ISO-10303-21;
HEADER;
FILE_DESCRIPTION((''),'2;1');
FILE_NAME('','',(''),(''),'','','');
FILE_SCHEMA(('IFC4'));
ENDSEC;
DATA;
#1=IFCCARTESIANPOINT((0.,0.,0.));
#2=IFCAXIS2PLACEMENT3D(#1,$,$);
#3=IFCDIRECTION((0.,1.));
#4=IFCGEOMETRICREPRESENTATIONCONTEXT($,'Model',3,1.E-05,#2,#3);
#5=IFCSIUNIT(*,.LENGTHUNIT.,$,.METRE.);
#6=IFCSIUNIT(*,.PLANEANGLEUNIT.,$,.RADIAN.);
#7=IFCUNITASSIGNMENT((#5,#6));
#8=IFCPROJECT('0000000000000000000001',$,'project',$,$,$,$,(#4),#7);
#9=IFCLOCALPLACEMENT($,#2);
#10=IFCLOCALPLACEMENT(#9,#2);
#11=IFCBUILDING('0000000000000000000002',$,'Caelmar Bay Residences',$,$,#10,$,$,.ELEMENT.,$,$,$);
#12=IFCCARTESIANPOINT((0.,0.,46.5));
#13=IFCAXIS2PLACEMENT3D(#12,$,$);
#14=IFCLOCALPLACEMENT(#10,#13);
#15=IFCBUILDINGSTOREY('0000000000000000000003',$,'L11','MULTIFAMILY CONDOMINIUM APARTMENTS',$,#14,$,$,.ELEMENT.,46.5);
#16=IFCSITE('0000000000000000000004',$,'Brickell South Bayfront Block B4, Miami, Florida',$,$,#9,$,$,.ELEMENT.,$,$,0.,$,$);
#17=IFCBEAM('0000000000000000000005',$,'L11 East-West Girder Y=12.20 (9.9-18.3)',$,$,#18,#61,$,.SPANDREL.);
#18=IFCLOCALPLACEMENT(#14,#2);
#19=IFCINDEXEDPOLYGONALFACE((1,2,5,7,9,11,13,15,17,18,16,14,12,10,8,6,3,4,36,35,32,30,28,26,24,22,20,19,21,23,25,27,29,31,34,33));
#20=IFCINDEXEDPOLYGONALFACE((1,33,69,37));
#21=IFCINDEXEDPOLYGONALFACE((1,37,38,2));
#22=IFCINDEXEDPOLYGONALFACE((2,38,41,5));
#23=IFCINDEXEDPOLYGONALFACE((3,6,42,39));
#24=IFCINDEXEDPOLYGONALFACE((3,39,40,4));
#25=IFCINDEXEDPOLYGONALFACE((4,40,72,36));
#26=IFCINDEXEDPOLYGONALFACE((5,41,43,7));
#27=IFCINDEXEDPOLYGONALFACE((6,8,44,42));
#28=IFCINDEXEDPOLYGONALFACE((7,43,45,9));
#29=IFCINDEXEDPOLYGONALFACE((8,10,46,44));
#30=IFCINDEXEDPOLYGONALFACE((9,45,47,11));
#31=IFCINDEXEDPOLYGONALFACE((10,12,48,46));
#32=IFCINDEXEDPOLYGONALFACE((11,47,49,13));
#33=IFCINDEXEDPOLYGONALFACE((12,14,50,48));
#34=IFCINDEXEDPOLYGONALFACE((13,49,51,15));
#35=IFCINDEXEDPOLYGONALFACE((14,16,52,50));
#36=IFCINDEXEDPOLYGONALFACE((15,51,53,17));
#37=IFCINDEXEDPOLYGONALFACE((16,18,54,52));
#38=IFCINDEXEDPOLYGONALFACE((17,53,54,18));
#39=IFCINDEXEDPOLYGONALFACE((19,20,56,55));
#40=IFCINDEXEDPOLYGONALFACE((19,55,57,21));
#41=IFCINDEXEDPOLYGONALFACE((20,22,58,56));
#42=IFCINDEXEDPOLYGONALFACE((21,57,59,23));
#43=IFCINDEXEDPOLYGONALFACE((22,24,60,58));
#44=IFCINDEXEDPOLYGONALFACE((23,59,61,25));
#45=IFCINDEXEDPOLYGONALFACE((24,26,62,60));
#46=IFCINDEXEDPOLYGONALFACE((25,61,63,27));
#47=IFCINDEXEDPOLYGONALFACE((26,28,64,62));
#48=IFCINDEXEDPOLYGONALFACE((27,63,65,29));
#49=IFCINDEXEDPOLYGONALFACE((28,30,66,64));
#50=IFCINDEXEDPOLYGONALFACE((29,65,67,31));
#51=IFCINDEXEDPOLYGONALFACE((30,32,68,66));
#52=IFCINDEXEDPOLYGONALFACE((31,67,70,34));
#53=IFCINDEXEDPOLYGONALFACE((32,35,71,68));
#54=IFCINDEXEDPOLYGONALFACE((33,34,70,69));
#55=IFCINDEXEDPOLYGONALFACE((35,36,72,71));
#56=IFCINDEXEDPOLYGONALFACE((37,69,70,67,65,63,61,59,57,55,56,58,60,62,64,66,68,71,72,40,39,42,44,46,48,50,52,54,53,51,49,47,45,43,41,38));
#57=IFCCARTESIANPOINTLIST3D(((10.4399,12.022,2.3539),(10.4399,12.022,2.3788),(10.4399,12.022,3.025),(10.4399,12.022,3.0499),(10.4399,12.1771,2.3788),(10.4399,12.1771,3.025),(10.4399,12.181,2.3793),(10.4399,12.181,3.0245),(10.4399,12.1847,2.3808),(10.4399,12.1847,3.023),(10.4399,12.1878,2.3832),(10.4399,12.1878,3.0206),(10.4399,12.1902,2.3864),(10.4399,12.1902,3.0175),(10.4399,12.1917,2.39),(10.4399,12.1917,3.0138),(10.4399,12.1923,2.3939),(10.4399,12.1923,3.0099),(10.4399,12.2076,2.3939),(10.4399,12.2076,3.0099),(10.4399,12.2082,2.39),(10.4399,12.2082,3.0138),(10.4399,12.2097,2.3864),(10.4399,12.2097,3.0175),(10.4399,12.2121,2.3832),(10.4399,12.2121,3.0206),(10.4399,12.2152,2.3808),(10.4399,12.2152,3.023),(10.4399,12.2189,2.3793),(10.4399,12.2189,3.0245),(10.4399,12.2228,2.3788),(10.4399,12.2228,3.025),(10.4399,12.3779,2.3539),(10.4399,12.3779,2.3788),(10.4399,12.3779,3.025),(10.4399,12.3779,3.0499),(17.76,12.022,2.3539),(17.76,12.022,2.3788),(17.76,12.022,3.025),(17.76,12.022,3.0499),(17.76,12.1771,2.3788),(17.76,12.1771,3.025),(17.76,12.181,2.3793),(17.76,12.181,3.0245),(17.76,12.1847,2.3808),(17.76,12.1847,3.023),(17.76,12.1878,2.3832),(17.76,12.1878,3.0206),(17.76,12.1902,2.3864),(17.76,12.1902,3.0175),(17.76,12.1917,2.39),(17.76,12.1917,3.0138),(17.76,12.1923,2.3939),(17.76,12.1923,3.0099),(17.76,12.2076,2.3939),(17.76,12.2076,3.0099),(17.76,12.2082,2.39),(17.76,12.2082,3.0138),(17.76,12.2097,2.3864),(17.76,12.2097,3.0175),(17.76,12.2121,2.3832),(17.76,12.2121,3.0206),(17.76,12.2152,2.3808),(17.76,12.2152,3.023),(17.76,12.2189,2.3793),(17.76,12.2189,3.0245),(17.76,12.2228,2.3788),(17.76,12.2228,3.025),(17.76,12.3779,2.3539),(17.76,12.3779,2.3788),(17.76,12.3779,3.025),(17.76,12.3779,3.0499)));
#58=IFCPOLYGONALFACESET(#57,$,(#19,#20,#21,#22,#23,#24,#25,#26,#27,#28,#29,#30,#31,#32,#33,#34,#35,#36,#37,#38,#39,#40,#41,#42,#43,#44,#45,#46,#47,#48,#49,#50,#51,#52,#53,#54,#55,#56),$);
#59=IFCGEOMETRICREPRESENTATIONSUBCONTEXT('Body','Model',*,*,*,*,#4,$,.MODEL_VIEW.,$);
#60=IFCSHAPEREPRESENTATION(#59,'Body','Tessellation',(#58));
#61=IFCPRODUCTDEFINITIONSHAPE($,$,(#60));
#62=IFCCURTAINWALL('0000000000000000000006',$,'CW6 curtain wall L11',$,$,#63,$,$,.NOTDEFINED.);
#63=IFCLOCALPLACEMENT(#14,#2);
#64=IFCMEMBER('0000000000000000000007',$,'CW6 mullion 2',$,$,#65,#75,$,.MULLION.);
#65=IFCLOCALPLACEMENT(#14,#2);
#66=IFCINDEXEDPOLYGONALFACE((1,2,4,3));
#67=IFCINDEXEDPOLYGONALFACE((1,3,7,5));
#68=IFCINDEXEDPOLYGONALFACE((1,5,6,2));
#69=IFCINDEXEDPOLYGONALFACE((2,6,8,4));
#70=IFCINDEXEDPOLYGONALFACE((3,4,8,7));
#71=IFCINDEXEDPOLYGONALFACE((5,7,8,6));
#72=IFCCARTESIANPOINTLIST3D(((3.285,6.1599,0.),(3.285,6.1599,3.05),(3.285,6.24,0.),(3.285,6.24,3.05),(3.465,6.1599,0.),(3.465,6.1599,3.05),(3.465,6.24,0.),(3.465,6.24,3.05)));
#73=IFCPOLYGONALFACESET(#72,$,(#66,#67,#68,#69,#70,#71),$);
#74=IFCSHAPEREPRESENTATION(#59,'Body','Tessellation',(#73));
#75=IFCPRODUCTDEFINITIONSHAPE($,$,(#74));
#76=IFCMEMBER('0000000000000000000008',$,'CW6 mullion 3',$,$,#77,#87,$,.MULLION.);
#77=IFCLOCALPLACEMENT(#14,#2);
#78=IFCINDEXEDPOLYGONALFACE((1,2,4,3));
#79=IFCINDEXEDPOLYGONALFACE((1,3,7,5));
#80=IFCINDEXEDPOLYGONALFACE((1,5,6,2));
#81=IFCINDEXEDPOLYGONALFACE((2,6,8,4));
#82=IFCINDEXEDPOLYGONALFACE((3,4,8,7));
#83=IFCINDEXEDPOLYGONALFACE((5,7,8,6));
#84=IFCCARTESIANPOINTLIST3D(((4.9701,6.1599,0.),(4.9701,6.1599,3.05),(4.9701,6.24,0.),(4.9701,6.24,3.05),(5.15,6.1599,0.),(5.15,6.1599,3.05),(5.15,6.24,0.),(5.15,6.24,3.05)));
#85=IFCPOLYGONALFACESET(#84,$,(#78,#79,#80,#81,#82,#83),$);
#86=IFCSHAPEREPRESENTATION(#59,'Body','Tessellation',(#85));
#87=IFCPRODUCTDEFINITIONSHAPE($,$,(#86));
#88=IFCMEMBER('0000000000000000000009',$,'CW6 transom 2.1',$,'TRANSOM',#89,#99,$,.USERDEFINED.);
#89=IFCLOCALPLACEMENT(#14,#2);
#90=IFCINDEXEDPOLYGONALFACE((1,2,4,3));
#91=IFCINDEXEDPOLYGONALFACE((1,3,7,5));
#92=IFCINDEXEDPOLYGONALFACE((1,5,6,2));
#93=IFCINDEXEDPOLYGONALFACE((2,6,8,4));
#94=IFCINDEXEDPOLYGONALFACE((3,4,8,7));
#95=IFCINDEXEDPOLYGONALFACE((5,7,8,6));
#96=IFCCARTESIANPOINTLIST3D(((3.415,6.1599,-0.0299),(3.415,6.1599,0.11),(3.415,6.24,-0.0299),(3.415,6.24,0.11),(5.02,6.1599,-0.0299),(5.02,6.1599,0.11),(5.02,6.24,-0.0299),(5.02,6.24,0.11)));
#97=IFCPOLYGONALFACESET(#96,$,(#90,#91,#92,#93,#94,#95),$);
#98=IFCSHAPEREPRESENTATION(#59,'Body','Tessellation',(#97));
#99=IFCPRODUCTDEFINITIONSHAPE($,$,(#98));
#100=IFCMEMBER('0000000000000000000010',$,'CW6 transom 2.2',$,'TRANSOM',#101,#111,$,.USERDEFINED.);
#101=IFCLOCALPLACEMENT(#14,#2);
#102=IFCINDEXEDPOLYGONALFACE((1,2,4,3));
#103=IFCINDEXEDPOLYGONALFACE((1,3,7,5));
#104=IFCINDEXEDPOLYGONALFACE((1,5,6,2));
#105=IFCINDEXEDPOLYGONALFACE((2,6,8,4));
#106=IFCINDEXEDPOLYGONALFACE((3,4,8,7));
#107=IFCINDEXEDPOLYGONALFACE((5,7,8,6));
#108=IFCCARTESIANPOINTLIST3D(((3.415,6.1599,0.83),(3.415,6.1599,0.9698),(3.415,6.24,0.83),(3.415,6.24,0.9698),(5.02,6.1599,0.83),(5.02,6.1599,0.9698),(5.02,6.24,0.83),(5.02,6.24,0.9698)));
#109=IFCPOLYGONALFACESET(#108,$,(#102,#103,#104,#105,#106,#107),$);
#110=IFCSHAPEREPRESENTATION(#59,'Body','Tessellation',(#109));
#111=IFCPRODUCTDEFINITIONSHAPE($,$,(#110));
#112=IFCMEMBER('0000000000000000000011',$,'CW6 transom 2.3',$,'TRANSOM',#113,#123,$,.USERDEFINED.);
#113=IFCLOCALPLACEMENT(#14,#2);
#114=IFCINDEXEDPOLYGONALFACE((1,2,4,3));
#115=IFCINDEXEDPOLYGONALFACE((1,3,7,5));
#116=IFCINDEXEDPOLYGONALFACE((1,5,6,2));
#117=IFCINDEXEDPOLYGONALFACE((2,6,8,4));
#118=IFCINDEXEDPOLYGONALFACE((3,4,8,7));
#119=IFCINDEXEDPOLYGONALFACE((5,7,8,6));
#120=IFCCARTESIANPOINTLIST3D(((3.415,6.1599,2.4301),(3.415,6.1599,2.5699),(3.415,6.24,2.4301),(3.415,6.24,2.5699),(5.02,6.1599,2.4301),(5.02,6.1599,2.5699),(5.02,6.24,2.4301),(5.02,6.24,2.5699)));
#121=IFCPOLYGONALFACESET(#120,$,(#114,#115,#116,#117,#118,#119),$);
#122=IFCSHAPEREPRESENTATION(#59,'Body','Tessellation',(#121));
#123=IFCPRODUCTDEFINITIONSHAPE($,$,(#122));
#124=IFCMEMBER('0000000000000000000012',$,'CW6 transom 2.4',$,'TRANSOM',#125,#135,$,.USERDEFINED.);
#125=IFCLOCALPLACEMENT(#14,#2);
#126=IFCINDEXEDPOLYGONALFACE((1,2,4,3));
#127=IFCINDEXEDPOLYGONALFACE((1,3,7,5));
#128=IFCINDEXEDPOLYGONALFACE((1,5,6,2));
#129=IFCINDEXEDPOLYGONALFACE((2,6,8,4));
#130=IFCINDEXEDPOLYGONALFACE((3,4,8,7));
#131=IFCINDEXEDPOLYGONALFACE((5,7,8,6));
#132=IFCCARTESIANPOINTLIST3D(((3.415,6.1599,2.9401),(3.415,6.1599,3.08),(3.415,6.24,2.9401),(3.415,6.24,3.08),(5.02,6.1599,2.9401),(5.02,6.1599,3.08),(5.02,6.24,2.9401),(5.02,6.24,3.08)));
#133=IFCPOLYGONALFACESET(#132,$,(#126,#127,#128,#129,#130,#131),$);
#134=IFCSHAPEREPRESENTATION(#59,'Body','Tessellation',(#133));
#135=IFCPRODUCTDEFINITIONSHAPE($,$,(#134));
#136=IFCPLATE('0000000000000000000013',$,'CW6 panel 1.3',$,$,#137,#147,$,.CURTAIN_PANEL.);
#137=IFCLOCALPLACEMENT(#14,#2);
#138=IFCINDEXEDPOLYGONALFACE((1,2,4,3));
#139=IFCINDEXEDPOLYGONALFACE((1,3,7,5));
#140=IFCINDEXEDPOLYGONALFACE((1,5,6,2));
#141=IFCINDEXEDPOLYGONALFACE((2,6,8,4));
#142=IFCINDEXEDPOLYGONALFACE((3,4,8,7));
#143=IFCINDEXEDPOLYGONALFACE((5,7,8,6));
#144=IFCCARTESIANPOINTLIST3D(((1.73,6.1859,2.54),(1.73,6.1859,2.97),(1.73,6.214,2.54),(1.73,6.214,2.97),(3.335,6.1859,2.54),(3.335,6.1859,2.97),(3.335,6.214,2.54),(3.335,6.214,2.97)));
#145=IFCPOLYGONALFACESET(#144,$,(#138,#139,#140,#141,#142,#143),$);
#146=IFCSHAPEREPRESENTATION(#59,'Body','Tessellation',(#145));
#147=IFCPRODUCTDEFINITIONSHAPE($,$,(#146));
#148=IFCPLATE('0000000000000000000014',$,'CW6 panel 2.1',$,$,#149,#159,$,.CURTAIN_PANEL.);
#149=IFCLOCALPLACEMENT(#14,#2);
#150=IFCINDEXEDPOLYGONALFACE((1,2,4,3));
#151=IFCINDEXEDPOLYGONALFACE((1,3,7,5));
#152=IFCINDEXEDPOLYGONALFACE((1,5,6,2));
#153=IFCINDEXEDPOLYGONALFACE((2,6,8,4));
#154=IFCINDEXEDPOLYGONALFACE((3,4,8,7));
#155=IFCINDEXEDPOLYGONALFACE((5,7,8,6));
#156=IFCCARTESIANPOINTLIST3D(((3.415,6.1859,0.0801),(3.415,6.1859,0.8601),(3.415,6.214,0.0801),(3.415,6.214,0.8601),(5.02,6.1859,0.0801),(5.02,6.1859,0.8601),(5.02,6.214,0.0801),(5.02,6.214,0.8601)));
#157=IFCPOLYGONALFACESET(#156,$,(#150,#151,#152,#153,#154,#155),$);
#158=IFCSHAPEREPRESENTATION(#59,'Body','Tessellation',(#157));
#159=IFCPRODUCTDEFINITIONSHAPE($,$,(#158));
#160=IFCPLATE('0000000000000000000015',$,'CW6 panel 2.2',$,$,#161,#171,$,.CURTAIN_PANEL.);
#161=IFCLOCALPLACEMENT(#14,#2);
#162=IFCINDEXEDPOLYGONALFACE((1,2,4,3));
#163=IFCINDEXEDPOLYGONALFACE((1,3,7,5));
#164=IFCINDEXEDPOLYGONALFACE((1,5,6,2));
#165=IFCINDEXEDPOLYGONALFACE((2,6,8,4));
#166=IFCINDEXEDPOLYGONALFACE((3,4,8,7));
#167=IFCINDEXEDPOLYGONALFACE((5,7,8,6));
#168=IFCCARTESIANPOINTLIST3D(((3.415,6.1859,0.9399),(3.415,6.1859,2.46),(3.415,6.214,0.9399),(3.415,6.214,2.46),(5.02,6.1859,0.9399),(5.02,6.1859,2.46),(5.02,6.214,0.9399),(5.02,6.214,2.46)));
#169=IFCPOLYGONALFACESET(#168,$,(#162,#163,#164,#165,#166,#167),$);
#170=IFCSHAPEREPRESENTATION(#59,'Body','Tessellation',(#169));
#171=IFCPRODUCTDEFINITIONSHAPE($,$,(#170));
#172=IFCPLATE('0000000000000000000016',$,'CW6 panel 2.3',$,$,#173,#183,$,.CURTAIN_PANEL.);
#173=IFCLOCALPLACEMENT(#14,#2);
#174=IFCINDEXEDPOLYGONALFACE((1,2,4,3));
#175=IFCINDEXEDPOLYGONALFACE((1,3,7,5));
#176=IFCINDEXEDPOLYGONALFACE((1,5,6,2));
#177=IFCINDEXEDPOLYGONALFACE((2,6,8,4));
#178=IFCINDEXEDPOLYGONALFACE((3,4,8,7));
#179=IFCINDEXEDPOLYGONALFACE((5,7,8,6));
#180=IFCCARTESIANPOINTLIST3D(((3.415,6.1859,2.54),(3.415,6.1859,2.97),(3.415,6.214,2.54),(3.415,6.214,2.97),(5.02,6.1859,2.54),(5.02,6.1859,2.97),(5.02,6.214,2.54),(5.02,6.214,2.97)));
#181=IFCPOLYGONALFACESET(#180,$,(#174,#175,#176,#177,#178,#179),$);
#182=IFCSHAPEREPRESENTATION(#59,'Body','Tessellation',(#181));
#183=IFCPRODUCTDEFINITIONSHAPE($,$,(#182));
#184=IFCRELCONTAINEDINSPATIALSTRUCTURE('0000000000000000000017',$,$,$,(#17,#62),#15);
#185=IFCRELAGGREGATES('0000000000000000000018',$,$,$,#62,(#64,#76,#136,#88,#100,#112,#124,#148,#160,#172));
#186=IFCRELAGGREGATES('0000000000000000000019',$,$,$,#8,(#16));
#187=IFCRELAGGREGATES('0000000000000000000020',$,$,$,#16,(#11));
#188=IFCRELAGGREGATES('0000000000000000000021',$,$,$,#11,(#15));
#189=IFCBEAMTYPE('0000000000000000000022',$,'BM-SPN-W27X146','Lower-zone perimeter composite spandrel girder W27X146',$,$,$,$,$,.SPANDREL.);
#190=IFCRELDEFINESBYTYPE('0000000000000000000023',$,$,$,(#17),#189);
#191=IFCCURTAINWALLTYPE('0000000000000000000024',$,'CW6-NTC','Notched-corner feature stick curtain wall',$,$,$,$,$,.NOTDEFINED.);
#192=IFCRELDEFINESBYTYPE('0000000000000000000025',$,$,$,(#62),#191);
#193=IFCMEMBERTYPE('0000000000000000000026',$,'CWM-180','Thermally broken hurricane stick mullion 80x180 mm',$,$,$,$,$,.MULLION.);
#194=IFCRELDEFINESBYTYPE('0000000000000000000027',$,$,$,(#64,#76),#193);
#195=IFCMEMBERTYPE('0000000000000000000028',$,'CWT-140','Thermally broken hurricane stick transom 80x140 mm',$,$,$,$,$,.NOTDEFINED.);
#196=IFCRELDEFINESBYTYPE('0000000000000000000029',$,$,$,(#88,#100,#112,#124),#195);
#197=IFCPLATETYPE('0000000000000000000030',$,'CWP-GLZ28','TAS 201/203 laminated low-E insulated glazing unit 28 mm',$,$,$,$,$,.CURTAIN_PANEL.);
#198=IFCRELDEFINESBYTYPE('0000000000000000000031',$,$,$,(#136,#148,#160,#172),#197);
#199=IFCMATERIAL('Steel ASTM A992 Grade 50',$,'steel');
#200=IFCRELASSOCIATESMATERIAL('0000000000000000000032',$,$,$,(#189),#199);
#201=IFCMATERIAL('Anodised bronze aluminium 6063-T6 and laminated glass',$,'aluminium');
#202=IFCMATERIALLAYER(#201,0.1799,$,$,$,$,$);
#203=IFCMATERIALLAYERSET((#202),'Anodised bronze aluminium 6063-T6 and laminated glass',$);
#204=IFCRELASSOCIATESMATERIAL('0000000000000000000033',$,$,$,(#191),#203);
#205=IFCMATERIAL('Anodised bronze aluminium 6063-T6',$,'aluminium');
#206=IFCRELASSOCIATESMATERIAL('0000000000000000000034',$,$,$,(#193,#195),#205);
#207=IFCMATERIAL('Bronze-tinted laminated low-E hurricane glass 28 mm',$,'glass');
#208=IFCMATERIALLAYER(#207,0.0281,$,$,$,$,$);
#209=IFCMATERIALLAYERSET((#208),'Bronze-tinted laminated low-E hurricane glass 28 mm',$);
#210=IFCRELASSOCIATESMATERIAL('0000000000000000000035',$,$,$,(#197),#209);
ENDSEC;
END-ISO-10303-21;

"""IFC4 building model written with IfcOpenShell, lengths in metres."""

from ifc_helpers import new_model, si_unit, direction, frame, origin, origin_2d, place, context, subcontext, project, spatial, rectangle, i_section, extrude, material, layer, layer_set, material_profile, profile_set, type_object, element, aggregate, save


model = new_model("IFC4")

# Units and contexts
model_context = context("Model", 3, precision=1e-05, world=origin(), true_north=direction((0.0, 1.0)))
body_context = subcontext(model_context, "Body", "Model", "MODEL_VIEW")
ifc_project = project(units=[si_unit("LENGTHUNIT", "METRE"), si_unit("PLANEANGLEUNIT", "RADIAN")], contexts=[model_context])

# Site, building, storey
site_placement = place(None, origin())
site = spatial("IfcSite", under=ifc_project, at=site_placement, Name="Brickell South Bayfront Block B4, Miami, Florida", CompositionType="ELEMENT", RefElevation=0.0)
building_placement = place(site_placement, origin())
building = spatial("IfcBuilding", under=site, at=building_placement, Name="Caelmar Bay Residences", CompositionType="ELEMENT")
storey_placement = place(building_placement, frame((0.0, 0.0, 46.5)))
storey = spatial("IfcBuildingStorey", under=building, at=storey_placement, Name="L11", Description="MULTIFAMILY CONDOMINIUM APARTMENTS", CompositionType="ELEMENT", Elevation=46.5)

# Beam
ifc_material_1 = material(Name="Steel ASTM A992 Grade 50", Category="steel")
ifc_material_profile_1 = material_profile(ifc_material_1, i_section(OverallWidth=0.356, OverallDepth=0.696, WebThickness=0.0154, FlangeThickness=0.0249, FilletRadius=0.0151, at=origin_2d()), Name="W27X146")
ifc_profile_set_1 = profile_set([ifc_material_profile_1], Name="Steel ASTM A992 Grade 50")
beam_type_1 = type_object("IfcBeamType", Name="BM-SPN-W27X146", Description="Lower-zone perimeter composite spandrel girder W27X146", PredefinedType="SPANDREL", material=ifc_profile_set_1)
beam_1_placement = place(storey_placement, frame((10.4399, 12.2, 2.7019), z_axis=(1.0, 0.0, 0.0), x_axis=(0.0, 1.0, 0.0)))
element("IfcBeam", 1, at=beam_1_placement, inside=storey, type_object=beam_type_1, Name="L11 East-West Girder Y=12.20 (9.9-18.3)", PredefinedType="SPANDREL", context=body_context, shape_type="SweptSolid", body=[
    extrude(i_section(OverallWidth=0.356, OverallDepth=0.696, WebThickness=0.0154, FlangeThickness=0.0249, FilletRadius=0.0151, at=origin_2d()), origin(), (0.0, 0.0, 1.0), 7.3201),
])

# Curtain wall, members, plates
ifc_material_2 = material(Name="Anodised bronze aluminium 6063-T6 and laminated glass", Category="aluminium")
ifc_layer_1 = layer(ifc_material_2, 0.1799)
ifc_layer_set_1 = layer_set([ifc_layer_1], Name="Anodised bronze aluminium 6063-T6 and laminated glass")
curtain_wall_type = type_object("IfcCurtainWallType", Name="CW6-NTC", Description="Notched-corner feature stick curtain wall", PredefinedType="NOTDEFINED", material=ifc_layer_set_1)
curtain_wall_placement = place(storey_placement, origin())
curtain_wall = element("IfcCurtainWall", 2, at=curtain_wall_placement, inside=storey, type_object=curtain_wall_type, Name="CW6 curtain wall L11", PredefinedType="NOTDEFINED")
ifc_material_3 = material(Name="Anodised bronze aluminium 6063-T6", Category="aluminium")
ifc_material_profile_2 = material_profile(ifc_material_3, rectangle(XDim=0.0801, YDim=0.1799, at=origin_2d()), Name="CWM-80X180")
ifc_profile_set_2 = profile_set([ifc_material_profile_2], Name="Anodised bronze aluminium 6063-T6")
member_type_1 = type_object("IfcMemberType", Name="CWM-180", Description="Thermally broken hurricane stick mullion 80x180 mm", PredefinedType="MULLION", material=ifc_profile_set_2)
member_1_placement = place(storey_placement, frame((3.375, 6.2, 0.0), z_axis=(0.0, 0.0, 1.0), x_axis=(0.0, 1.0, 0.0)))
member_1 = element("IfcMember", 3, at=member_1_placement, type_object=member_type_1, Name="CW6 mullion 2", PredefinedType="MULLION", context=body_context, shape_type="SweptSolid", body=[
    extrude(rectangle(XDim=0.0801, YDim=0.1799, at=origin_2d()), origin(), (0.0, 0.0, 1.0), 3.05),
])
member_2_placement = place(storey_placement, frame((5.0601, 6.2, 0.0), z_axis=(0.0, 0.0, 1.0), x_axis=(0.0, 1.0, 0.0)))
member_2 = element("IfcMember", 4, at=member_2_placement, type_object=member_type_1, Name="CW6 mullion 3", PredefinedType="MULLION", context=body_context, shape_type="SweptSolid", body=[
    extrude(rectangle(XDim=0.0801, YDim=0.1799, at=origin_2d()), origin(), (0.0, 0.0, 1.0), 3.05),
])
ifc_material_profile_3 = material_profile(ifc_material_3, rectangle(XDim=0.0801, YDim=0.1399, at=origin_2d()), Name="CWT-80X140")
ifc_profile_set_3 = profile_set([ifc_material_profile_3], Name="Anodised bronze aluminium 6063-T6")
member_type_2 = type_object("IfcMemberType", Name="CWT-140", Description="Thermally broken hurricane stick transom 80x140 mm", PredefinedType="NOTDEFINED", material=ifc_profile_set_3)
member_3_placement = place(storey_placement, frame((3.415, 6.2, 0.04), z_axis=(1.0, 0.0, 0.0), x_axis=(0.0, 1.0, 0.0)))
member_3 = element("IfcMember", 5, at=member_3_placement, type_object=member_type_2, Name="CW6 transom 2.1", ObjectType="TRANSOM", PredefinedType="USERDEFINED", context=body_context, shape_type="SweptSolid", body=[
    extrude(rectangle(XDim=0.0801, YDim=0.1399, at=origin_2d()), origin(), (0.0, 0.0, 1.0), 1.605),
])
member_4_placement = place(storey_placement, frame((3.415, 6.2, 0.8999), z_axis=(1.0, 0.0, 0.0), x_axis=(0.0, 1.0, 0.0)))
member_4 = element("IfcMember", 6, at=member_4_placement, type_object=member_type_2, Name="CW6 transom 2.2", ObjectType="TRANSOM", PredefinedType="USERDEFINED", context=body_context, shape_type="SweptSolid", body=[
    extrude(rectangle(XDim=0.0801, YDim=0.1399, at=origin_2d()), origin(), (0.0, 0.0, 1.0), 1.605),
])
member_5_placement = place(storey_placement, frame((3.415, 6.2, 2.5), z_axis=(1.0, 0.0, 0.0), x_axis=(0.0, 1.0, 0.0)))
member_5 = element("IfcMember", 7, at=member_5_placement, type_object=member_type_2, Name="CW6 transom 2.3", ObjectType="TRANSOM", PredefinedType="USERDEFINED", context=body_context, shape_type="SweptSolid", body=[
    extrude(rectangle(XDim=0.0801, YDim=0.1399, at=origin_2d()), origin(), (0.0, 0.0, 1.0), 1.605),
])
member_6_placement = place(storey_placement, frame((3.415, 6.2, 3.01), z_axis=(1.0, 0.0, 0.0), x_axis=(0.0, 1.0, 0.0)))
member_6 = element("IfcMember", 8, at=member_6_placement, type_object=member_type_2, Name="CW6 transom 2.4", ObjectType="TRANSOM", PredefinedType="USERDEFINED", context=body_context, shape_type="SweptSolid", body=[
    extrude(rectangle(XDim=0.0801, YDim=0.1399, at=origin_2d()), origin(), (0.0, 0.0, 1.0), 1.605),
])
ifc_material_4 = material(Name="Bronze-tinted laminated low-E hurricane glass 28 mm", Category="glass")
ifc_layer_2 = layer(ifc_material_4, 0.0281)
ifc_layer_set_2 = layer_set([ifc_layer_2], Name="Bronze-tinted laminated low-E hurricane glass 28 mm")
plate_type = type_object("IfcPlateType", Name="CWP-GLZ28", Description="TAS 201/203 laminated low-E insulated glazing unit 28 mm", PredefinedType="CURTAIN_PANEL", material=ifc_layer_set_2)
plate_1_placement = place(storey_placement, frame((2.5325, 6.2, 2.54), z_axis=(0.0, 0.0, 1.0), x_axis=(1.0, 0.0, 0.0)))
plate_1 = element("IfcPlate", 9, at=plate_1_placement, type_object=plate_type, Name="CW6 panel 1.3", PredefinedType="CURTAIN_PANEL", context=body_context, shape_type="SweptSolid", body=[
    extrude(rectangle(XDim=1.605, YDim=0.0281, at=origin_2d()), origin(), (0.0, 0.0, 1.0), 0.4299),
])
plate_2_placement = place(storey_placement, frame((4.2175, 6.2, 0.0801), z_axis=(0.0, 0.0, 1.0), x_axis=(1.0, 0.0, 0.0)))
plate_2 = element("IfcPlate", 10, at=plate_2_placement, type_object=plate_type, Name="CW6 panel 2.1", PredefinedType="CURTAIN_PANEL", context=body_context, shape_type="SweptSolid", body=[
    extrude(rectangle(XDim=1.605, YDim=0.0281, at=origin_2d()), origin(), (0.0, 0.0, 1.0), 0.78),
])
plate_3_placement = place(storey_placement, frame((4.2175, 6.2, 0.9399), z_axis=(0.0, 0.0, 1.0), x_axis=(1.0, 0.0, 0.0)))
plate_3 = element("IfcPlate", 11, at=plate_3_placement, type_object=plate_type, Name="CW6 panel 2.2", PredefinedType="CURTAIN_PANEL", context=body_context, shape_type="SweptSolid", body=[
    extrude(rectangle(XDim=1.605, YDim=0.0281, at=origin_2d()), origin(), (0.0, 0.0, 1.0), 1.52),
])
plate_4_placement = place(storey_placement, frame((4.2175, 6.2, 2.54), z_axis=(0.0, 0.0, 1.0), x_axis=(1.0, 0.0, 0.0)))
plate_4 = element("IfcPlate", 12, at=plate_4_placement, type_object=plate_type, Name="CW6 panel 2.3", PredefinedType="CURTAIN_PANEL", context=body_context, shape_type="SweptSolid", body=[
    extrude(rectangle(XDim=1.605, YDim=0.0281, at=origin_2d()), origin(), (0.0, 0.0, 1.0), 0.4299),
])
aggregate(curtain_wall, [member_1, member_2, plate_1, member_3, member_4, member_5, member_6, plate_2, plate_3, plate_4])

save(model, "model.ifc")
